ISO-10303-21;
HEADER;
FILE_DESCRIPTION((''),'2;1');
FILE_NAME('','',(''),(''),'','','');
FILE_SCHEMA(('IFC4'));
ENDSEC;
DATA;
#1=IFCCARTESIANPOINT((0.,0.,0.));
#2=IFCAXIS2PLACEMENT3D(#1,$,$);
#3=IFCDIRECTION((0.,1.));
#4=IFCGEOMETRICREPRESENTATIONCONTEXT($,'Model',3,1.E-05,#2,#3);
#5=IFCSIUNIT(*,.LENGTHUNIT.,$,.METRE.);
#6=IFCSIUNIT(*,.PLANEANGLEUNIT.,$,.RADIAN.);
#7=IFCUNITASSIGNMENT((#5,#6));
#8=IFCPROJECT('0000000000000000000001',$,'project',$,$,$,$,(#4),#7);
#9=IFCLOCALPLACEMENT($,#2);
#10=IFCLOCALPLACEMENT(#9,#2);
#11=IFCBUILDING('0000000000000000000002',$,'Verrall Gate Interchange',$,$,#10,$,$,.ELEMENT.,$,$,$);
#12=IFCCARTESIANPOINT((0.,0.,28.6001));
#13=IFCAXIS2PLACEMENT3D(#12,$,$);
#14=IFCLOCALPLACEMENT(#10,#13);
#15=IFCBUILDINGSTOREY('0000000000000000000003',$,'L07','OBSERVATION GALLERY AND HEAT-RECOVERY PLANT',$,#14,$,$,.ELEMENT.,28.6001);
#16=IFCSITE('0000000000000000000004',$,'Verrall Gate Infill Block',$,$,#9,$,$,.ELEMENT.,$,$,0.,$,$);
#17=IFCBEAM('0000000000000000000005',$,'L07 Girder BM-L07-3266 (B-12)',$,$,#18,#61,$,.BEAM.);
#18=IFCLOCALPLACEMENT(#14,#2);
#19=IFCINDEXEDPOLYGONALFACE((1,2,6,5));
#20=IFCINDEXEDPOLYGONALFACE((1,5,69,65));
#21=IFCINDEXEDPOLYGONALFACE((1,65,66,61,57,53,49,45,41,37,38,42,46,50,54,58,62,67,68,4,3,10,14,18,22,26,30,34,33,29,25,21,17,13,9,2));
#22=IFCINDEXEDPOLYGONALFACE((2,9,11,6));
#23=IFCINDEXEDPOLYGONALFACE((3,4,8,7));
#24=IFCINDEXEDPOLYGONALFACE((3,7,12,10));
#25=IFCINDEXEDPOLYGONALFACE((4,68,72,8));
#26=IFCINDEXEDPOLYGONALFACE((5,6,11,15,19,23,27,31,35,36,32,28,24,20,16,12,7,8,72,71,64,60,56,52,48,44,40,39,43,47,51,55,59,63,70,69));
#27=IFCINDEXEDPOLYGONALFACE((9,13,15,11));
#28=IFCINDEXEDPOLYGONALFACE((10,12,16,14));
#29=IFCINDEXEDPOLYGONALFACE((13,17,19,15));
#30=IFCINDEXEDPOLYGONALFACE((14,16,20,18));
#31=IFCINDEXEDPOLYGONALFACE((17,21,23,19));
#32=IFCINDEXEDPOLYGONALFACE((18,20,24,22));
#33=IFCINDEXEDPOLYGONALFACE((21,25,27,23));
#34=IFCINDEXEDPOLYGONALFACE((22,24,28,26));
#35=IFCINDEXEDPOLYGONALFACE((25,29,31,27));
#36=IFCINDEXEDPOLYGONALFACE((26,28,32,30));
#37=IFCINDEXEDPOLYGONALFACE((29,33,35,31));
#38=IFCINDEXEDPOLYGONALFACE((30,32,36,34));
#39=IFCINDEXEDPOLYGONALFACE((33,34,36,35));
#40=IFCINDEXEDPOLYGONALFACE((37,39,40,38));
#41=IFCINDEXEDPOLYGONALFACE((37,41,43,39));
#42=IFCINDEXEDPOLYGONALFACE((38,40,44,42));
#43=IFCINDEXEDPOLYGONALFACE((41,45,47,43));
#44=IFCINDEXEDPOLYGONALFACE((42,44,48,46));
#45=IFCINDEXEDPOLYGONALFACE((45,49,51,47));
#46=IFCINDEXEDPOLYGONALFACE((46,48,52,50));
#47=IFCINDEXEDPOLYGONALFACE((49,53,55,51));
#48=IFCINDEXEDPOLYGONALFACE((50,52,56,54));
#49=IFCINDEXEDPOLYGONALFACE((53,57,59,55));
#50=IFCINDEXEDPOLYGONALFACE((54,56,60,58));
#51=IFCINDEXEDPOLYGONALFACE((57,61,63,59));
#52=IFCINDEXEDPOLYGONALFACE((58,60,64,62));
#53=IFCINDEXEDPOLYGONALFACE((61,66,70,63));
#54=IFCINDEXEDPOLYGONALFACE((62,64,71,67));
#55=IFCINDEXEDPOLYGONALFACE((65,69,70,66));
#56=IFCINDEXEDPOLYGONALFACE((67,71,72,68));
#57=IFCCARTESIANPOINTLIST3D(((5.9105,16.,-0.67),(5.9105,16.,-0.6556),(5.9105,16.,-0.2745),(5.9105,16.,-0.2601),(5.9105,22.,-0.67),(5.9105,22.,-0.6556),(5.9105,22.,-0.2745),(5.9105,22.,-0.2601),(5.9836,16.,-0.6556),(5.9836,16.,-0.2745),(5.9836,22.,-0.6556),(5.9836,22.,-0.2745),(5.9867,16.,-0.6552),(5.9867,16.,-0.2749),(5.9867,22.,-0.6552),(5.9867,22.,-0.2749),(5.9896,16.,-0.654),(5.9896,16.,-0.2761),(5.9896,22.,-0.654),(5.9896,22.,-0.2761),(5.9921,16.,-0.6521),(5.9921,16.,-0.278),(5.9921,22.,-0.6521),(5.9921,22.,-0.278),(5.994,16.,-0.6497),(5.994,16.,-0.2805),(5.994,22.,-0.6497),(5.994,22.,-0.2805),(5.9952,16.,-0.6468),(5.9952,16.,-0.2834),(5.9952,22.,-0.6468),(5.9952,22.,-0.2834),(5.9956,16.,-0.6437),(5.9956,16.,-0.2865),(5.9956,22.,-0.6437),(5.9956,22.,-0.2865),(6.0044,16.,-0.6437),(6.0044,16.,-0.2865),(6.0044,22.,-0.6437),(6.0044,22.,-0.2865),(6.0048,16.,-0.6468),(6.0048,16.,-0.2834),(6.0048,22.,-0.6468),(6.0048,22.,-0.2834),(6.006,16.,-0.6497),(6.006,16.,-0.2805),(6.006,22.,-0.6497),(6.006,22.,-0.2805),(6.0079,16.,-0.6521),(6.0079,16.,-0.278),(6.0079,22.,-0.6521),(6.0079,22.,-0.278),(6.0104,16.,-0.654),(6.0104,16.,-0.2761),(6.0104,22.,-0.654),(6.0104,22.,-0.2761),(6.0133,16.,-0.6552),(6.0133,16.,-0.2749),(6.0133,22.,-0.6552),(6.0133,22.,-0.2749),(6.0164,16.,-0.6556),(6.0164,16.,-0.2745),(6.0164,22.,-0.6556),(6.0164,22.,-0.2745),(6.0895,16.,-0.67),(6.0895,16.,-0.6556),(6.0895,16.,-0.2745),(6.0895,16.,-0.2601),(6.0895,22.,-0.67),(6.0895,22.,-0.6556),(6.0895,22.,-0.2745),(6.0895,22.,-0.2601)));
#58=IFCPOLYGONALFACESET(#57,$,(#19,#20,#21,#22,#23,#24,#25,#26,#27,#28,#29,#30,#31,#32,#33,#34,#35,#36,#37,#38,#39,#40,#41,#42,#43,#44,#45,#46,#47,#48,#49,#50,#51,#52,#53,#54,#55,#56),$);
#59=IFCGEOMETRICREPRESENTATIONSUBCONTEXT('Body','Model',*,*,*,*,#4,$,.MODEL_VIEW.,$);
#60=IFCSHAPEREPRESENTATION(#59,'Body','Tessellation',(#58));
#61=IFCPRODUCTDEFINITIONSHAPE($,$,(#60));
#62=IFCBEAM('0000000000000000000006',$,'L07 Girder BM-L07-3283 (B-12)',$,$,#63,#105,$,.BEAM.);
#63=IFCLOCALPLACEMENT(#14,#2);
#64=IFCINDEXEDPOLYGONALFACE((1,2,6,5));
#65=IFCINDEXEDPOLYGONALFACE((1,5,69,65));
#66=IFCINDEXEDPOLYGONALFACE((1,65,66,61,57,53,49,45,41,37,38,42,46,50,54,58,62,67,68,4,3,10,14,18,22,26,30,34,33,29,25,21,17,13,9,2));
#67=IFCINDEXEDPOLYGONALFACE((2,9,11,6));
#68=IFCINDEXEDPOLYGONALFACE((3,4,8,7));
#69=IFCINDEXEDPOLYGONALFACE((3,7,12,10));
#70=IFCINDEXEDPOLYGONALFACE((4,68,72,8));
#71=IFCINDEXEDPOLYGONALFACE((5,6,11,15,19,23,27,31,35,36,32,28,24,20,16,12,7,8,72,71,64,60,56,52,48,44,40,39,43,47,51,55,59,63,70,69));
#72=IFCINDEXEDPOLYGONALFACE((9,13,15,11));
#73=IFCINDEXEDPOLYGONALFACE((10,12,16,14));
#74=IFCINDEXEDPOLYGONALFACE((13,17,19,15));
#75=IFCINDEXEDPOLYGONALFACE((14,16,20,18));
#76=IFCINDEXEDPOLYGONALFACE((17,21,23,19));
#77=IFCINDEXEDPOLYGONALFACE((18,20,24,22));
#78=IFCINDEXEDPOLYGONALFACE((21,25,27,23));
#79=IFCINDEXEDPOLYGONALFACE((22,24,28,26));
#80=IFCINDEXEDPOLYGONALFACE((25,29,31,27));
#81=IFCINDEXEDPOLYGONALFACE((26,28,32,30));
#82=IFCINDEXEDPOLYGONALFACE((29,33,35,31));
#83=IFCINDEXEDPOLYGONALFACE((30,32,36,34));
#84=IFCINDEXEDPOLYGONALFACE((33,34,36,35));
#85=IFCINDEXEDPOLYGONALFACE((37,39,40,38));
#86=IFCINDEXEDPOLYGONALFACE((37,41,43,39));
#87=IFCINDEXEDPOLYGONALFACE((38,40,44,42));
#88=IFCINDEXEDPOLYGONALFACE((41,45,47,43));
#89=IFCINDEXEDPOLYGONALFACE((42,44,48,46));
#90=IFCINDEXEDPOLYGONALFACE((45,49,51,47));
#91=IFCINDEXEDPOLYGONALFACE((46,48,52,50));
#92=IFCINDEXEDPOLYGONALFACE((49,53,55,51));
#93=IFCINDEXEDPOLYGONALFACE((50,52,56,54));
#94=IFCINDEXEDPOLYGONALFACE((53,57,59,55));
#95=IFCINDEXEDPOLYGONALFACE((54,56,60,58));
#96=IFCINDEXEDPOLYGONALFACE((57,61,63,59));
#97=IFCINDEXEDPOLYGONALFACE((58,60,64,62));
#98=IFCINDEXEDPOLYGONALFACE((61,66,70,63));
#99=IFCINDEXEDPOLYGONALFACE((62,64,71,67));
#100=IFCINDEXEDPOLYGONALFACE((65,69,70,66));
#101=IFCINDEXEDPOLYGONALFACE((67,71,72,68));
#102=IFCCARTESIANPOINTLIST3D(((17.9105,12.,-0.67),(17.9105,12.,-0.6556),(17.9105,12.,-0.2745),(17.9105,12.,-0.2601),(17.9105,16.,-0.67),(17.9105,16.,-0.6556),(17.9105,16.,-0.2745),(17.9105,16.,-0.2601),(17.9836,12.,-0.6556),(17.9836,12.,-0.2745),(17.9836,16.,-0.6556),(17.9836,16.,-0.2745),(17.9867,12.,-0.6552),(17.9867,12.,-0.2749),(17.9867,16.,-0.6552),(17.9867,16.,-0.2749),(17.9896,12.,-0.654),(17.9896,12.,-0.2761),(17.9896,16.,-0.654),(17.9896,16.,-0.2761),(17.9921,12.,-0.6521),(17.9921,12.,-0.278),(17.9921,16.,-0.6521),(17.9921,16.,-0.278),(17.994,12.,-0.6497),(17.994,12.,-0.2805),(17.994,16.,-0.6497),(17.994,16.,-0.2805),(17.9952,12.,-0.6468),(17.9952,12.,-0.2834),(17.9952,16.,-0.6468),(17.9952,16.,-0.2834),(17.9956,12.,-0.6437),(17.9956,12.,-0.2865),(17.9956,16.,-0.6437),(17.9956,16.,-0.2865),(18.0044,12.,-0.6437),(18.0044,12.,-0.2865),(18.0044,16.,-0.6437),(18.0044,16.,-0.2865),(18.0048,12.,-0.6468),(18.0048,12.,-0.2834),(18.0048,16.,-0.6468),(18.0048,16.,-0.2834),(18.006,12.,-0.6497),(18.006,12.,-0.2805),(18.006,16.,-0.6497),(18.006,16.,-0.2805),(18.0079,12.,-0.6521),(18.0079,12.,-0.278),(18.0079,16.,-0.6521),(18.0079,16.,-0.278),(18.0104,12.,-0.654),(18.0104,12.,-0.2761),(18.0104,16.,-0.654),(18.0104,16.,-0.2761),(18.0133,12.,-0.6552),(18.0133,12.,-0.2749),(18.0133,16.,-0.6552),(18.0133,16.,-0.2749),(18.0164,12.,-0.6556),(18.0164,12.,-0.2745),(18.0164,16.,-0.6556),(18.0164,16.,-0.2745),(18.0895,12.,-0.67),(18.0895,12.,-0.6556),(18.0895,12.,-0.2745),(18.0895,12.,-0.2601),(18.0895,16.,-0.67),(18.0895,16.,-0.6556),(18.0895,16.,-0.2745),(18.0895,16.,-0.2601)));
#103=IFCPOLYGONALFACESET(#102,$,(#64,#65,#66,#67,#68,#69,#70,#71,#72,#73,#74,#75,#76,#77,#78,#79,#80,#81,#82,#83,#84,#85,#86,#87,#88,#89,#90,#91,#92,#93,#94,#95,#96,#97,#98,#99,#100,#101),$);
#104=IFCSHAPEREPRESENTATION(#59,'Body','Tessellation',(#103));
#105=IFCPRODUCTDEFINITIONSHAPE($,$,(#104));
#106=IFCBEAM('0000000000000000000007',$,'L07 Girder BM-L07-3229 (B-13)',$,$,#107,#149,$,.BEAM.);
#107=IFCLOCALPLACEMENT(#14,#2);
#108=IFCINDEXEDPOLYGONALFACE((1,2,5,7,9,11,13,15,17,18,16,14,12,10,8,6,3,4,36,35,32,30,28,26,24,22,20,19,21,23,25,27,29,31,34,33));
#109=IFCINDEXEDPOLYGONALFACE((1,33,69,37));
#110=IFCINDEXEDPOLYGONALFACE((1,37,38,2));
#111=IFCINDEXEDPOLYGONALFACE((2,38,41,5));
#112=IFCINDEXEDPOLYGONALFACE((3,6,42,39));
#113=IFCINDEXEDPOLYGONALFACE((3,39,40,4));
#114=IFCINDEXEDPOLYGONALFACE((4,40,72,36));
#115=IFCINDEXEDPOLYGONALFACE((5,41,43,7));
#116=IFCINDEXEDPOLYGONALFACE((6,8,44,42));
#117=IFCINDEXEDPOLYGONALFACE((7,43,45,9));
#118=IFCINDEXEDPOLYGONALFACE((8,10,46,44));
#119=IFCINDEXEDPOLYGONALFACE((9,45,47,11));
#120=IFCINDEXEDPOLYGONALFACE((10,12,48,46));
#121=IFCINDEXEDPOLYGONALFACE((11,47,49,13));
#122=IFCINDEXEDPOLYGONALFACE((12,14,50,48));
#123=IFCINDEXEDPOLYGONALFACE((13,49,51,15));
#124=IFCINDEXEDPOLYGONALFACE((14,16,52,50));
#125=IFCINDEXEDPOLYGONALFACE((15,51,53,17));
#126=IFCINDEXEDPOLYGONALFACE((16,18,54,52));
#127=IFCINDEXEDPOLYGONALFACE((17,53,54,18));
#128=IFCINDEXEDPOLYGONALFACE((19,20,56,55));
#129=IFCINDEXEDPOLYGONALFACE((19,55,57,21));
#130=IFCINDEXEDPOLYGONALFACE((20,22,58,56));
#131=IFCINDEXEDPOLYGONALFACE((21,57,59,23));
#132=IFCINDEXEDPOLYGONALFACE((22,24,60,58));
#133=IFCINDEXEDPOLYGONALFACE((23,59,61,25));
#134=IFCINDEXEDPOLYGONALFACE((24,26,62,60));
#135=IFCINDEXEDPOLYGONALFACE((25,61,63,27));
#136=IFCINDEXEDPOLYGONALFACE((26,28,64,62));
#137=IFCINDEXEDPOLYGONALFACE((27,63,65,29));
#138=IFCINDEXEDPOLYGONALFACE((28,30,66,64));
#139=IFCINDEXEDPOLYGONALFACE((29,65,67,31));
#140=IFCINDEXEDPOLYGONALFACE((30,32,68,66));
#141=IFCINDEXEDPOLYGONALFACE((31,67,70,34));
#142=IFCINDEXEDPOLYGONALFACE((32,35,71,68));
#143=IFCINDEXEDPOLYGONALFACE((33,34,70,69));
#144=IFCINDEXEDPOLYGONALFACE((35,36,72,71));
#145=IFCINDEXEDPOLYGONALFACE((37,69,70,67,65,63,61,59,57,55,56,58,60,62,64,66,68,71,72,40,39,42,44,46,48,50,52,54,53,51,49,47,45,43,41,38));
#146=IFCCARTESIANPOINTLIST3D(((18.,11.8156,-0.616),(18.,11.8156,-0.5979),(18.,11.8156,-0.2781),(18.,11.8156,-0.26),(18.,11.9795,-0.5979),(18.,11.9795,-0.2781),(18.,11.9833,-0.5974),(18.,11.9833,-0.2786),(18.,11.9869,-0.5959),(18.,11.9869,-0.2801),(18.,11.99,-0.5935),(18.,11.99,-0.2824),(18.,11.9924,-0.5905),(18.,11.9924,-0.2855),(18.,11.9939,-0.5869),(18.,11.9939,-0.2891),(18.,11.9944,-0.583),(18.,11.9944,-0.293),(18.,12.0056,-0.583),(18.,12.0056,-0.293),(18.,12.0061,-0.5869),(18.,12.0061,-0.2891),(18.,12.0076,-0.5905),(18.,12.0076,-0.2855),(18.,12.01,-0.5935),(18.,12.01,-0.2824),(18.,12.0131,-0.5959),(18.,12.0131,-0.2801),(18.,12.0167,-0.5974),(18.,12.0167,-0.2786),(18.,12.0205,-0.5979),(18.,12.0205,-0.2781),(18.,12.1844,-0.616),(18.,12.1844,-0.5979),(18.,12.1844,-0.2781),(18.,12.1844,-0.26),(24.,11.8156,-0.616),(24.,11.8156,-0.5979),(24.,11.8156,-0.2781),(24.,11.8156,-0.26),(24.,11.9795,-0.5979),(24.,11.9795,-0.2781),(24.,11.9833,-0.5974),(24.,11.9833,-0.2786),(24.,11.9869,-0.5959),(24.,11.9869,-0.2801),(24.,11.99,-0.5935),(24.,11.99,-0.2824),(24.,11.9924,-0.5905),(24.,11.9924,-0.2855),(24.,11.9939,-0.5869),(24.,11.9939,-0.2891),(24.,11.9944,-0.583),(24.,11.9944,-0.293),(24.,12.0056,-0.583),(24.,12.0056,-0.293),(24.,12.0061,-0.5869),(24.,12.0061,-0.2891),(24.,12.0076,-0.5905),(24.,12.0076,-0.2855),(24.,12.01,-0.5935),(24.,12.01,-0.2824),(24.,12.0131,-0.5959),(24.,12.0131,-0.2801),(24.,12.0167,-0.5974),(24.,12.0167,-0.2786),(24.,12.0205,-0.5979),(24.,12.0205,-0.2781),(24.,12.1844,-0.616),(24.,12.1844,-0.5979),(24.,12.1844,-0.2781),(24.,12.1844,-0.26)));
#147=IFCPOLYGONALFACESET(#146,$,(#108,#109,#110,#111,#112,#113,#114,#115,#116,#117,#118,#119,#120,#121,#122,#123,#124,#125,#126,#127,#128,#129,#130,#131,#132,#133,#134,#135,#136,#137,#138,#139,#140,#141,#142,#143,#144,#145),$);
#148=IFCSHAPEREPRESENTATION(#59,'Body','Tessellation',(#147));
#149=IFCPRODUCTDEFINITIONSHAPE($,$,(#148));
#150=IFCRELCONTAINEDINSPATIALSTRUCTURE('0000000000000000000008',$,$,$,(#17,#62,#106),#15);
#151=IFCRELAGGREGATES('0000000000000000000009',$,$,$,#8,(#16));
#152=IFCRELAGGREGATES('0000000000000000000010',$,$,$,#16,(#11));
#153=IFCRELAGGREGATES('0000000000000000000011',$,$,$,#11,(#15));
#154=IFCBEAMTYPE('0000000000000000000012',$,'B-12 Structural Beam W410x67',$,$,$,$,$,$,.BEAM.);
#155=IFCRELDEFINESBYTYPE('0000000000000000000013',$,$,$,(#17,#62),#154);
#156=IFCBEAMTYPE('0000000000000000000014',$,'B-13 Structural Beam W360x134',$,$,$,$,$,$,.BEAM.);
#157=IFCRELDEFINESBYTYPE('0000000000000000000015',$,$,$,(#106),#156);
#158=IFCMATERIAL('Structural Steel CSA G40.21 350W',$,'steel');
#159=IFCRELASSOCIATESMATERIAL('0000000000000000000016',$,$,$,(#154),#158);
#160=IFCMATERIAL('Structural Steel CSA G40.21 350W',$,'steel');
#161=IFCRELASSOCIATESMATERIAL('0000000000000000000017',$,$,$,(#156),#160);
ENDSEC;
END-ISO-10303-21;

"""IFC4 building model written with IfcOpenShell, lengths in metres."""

from ifc_helpers import new_model, si_unit, direction, frame, origin, origin_2d, place, context, subcontext, project, spatial, i_section, extrude, material, material_profile, profile_set, type_object, element, save


model = new_model("IFC4")

# Units and contexts
model_context = context("Model", 3, precision=1e-05, world=origin(), true_north=direction((0.0, 1.0)))
body_context = subcontext(model_context, "Body", "Model", "MODEL_VIEW")
ifc_project = project(units=[si_unit("LENGTHUNIT", "METRE"), si_unit("PLANEANGLEUNIT", "RADIAN")], contexts=[model_context])

# Site, building, storey
site_placement = place(None, origin())
site = spatial("IfcSite", under=ifc_project, at=site_placement, Name="Verrall Gate Infill Block", CompositionType="ELEMENT", RefElevation=0.0)
building_placement = place(site_placement, origin())
building = spatial("IfcBuilding", under=site, at=building_placement, Name="Verrall Gate Interchange", CompositionType="ELEMENT")
storey_placement = place(building_placement, frame((0.0, 0.0, 28.6001)))
storey = spatial("IfcBuildingStorey", under=building, at=storey_placement, Name="L07", Description="OBSERVATION GALLERY AND HEAT-RECOVERY PLANT", CompositionType="ELEMENT", Elevation=28.6001)

# Beams
ifc_material_1 = material(Name="Structural Steel CSA G40.21 350W", Category="steel")
ifc_material_profile_1 = material_profile(ifc_material_1, i_section(OverallWidth=0.179, OverallDepth=0.4099, WebThickness=0.0088, FlangeThickness=0.0144, FilletRadius=0.012, at=origin_2d()), Name="W410x67")
ifc_profile_set_1 = profile_set([ifc_material_profile_1], Name="Structural Steel CSA G40.21 350W")
beam_type_1 = type_object("IfcBeamType", Name="B-12 Structural Beam W410x67", PredefinedType="BEAM", material=ifc_profile_set_1)
beam_1_placement = place(storey_placement, frame((6.0, 16.0, -0.4651), z_axis=(0.0, 1.0, 0.0), x_axis=(-1.0, 0.0, 0.0)))
element("IfcBeam", 1, at=beam_1_placement, inside=storey, type_object=beam_type_1, Name="L07 Girder BM-L07-3266 (B-12)", PredefinedType="BEAM", context=body_context, shape_type="SweptSolid", body=[
    extrude(i_section(OverallWidth=0.179, OverallDepth=0.4099, WebThickness=0.0088, FlangeThickness=0.0144, FilletRadius=0.012, at=origin_2d()), origin(), (0.0, 0.0, 1.0), 6.0),
])
beam_2_placement = place(storey_placement, frame((18.0, 12.0, -0.4651), z_axis=(0.0, 1.0, 0.0), x_axis=(-1.0, 0.0, 0.0)))
element("IfcBeam", 2, at=beam_2_placement, inside=storey, type_object=beam_type_1, Name="L07 Girder BM-L07-3283 (B-12)", PredefinedType="BEAM", context=body_context, shape_type="SweptSolid", body=[
    extrude(i_section(OverallWidth=0.179, OverallDepth=0.4099, WebThickness=0.0088, FlangeThickness=0.0144, FilletRadius=0.012, at=origin_2d()), origin(), (0.0, 0.0, 1.0), 4.0),
])
ifc_material_2 = material(Name="Structural Steel CSA G40.21 350W", Category="steel")
ifc_material_profile_2 = material_profile(ifc_material_2, i_section(OverallWidth=0.3689, OverallDepth=0.356, WebThickness=0.0112, FlangeThickness=0.0181, FilletRadius=0.0149, at=origin_2d()), Name="W360x134")
ifc_profile_set_2 = profile_set([ifc_material_profile_2], Name="Structural Steel CSA G40.21 350W")
beam_type_2 = type_object("IfcBeamType", Name="B-13 Structural Beam W360x134", PredefinedType="BEAM", material=ifc_profile_set_2)
beam_3_placement = place(storey_placement, frame((18.0, 12.0, -0.438), z_axis=(1.0, 0.0, 0.0), x_axis=(0.0, 1.0, 0.0)))
element("IfcBeam", 3, at=beam_3_placement, inside=storey, type_object=beam_type_2, Name="L07 Girder BM-L07-3229 (B-13)", PredefinedType="BEAM", context=body_context, shape_type="SweptSolid", body=[
    extrude(i_section(OverallWidth=0.3689, OverallDepth=0.356, WebThickness=0.0112, FlangeThickness=0.0181, FilletRadius=0.0149, at=origin_2d()), origin(), (0.0, 0.0, 1.0), 6.0),
])

save(model, "model.ifc")
